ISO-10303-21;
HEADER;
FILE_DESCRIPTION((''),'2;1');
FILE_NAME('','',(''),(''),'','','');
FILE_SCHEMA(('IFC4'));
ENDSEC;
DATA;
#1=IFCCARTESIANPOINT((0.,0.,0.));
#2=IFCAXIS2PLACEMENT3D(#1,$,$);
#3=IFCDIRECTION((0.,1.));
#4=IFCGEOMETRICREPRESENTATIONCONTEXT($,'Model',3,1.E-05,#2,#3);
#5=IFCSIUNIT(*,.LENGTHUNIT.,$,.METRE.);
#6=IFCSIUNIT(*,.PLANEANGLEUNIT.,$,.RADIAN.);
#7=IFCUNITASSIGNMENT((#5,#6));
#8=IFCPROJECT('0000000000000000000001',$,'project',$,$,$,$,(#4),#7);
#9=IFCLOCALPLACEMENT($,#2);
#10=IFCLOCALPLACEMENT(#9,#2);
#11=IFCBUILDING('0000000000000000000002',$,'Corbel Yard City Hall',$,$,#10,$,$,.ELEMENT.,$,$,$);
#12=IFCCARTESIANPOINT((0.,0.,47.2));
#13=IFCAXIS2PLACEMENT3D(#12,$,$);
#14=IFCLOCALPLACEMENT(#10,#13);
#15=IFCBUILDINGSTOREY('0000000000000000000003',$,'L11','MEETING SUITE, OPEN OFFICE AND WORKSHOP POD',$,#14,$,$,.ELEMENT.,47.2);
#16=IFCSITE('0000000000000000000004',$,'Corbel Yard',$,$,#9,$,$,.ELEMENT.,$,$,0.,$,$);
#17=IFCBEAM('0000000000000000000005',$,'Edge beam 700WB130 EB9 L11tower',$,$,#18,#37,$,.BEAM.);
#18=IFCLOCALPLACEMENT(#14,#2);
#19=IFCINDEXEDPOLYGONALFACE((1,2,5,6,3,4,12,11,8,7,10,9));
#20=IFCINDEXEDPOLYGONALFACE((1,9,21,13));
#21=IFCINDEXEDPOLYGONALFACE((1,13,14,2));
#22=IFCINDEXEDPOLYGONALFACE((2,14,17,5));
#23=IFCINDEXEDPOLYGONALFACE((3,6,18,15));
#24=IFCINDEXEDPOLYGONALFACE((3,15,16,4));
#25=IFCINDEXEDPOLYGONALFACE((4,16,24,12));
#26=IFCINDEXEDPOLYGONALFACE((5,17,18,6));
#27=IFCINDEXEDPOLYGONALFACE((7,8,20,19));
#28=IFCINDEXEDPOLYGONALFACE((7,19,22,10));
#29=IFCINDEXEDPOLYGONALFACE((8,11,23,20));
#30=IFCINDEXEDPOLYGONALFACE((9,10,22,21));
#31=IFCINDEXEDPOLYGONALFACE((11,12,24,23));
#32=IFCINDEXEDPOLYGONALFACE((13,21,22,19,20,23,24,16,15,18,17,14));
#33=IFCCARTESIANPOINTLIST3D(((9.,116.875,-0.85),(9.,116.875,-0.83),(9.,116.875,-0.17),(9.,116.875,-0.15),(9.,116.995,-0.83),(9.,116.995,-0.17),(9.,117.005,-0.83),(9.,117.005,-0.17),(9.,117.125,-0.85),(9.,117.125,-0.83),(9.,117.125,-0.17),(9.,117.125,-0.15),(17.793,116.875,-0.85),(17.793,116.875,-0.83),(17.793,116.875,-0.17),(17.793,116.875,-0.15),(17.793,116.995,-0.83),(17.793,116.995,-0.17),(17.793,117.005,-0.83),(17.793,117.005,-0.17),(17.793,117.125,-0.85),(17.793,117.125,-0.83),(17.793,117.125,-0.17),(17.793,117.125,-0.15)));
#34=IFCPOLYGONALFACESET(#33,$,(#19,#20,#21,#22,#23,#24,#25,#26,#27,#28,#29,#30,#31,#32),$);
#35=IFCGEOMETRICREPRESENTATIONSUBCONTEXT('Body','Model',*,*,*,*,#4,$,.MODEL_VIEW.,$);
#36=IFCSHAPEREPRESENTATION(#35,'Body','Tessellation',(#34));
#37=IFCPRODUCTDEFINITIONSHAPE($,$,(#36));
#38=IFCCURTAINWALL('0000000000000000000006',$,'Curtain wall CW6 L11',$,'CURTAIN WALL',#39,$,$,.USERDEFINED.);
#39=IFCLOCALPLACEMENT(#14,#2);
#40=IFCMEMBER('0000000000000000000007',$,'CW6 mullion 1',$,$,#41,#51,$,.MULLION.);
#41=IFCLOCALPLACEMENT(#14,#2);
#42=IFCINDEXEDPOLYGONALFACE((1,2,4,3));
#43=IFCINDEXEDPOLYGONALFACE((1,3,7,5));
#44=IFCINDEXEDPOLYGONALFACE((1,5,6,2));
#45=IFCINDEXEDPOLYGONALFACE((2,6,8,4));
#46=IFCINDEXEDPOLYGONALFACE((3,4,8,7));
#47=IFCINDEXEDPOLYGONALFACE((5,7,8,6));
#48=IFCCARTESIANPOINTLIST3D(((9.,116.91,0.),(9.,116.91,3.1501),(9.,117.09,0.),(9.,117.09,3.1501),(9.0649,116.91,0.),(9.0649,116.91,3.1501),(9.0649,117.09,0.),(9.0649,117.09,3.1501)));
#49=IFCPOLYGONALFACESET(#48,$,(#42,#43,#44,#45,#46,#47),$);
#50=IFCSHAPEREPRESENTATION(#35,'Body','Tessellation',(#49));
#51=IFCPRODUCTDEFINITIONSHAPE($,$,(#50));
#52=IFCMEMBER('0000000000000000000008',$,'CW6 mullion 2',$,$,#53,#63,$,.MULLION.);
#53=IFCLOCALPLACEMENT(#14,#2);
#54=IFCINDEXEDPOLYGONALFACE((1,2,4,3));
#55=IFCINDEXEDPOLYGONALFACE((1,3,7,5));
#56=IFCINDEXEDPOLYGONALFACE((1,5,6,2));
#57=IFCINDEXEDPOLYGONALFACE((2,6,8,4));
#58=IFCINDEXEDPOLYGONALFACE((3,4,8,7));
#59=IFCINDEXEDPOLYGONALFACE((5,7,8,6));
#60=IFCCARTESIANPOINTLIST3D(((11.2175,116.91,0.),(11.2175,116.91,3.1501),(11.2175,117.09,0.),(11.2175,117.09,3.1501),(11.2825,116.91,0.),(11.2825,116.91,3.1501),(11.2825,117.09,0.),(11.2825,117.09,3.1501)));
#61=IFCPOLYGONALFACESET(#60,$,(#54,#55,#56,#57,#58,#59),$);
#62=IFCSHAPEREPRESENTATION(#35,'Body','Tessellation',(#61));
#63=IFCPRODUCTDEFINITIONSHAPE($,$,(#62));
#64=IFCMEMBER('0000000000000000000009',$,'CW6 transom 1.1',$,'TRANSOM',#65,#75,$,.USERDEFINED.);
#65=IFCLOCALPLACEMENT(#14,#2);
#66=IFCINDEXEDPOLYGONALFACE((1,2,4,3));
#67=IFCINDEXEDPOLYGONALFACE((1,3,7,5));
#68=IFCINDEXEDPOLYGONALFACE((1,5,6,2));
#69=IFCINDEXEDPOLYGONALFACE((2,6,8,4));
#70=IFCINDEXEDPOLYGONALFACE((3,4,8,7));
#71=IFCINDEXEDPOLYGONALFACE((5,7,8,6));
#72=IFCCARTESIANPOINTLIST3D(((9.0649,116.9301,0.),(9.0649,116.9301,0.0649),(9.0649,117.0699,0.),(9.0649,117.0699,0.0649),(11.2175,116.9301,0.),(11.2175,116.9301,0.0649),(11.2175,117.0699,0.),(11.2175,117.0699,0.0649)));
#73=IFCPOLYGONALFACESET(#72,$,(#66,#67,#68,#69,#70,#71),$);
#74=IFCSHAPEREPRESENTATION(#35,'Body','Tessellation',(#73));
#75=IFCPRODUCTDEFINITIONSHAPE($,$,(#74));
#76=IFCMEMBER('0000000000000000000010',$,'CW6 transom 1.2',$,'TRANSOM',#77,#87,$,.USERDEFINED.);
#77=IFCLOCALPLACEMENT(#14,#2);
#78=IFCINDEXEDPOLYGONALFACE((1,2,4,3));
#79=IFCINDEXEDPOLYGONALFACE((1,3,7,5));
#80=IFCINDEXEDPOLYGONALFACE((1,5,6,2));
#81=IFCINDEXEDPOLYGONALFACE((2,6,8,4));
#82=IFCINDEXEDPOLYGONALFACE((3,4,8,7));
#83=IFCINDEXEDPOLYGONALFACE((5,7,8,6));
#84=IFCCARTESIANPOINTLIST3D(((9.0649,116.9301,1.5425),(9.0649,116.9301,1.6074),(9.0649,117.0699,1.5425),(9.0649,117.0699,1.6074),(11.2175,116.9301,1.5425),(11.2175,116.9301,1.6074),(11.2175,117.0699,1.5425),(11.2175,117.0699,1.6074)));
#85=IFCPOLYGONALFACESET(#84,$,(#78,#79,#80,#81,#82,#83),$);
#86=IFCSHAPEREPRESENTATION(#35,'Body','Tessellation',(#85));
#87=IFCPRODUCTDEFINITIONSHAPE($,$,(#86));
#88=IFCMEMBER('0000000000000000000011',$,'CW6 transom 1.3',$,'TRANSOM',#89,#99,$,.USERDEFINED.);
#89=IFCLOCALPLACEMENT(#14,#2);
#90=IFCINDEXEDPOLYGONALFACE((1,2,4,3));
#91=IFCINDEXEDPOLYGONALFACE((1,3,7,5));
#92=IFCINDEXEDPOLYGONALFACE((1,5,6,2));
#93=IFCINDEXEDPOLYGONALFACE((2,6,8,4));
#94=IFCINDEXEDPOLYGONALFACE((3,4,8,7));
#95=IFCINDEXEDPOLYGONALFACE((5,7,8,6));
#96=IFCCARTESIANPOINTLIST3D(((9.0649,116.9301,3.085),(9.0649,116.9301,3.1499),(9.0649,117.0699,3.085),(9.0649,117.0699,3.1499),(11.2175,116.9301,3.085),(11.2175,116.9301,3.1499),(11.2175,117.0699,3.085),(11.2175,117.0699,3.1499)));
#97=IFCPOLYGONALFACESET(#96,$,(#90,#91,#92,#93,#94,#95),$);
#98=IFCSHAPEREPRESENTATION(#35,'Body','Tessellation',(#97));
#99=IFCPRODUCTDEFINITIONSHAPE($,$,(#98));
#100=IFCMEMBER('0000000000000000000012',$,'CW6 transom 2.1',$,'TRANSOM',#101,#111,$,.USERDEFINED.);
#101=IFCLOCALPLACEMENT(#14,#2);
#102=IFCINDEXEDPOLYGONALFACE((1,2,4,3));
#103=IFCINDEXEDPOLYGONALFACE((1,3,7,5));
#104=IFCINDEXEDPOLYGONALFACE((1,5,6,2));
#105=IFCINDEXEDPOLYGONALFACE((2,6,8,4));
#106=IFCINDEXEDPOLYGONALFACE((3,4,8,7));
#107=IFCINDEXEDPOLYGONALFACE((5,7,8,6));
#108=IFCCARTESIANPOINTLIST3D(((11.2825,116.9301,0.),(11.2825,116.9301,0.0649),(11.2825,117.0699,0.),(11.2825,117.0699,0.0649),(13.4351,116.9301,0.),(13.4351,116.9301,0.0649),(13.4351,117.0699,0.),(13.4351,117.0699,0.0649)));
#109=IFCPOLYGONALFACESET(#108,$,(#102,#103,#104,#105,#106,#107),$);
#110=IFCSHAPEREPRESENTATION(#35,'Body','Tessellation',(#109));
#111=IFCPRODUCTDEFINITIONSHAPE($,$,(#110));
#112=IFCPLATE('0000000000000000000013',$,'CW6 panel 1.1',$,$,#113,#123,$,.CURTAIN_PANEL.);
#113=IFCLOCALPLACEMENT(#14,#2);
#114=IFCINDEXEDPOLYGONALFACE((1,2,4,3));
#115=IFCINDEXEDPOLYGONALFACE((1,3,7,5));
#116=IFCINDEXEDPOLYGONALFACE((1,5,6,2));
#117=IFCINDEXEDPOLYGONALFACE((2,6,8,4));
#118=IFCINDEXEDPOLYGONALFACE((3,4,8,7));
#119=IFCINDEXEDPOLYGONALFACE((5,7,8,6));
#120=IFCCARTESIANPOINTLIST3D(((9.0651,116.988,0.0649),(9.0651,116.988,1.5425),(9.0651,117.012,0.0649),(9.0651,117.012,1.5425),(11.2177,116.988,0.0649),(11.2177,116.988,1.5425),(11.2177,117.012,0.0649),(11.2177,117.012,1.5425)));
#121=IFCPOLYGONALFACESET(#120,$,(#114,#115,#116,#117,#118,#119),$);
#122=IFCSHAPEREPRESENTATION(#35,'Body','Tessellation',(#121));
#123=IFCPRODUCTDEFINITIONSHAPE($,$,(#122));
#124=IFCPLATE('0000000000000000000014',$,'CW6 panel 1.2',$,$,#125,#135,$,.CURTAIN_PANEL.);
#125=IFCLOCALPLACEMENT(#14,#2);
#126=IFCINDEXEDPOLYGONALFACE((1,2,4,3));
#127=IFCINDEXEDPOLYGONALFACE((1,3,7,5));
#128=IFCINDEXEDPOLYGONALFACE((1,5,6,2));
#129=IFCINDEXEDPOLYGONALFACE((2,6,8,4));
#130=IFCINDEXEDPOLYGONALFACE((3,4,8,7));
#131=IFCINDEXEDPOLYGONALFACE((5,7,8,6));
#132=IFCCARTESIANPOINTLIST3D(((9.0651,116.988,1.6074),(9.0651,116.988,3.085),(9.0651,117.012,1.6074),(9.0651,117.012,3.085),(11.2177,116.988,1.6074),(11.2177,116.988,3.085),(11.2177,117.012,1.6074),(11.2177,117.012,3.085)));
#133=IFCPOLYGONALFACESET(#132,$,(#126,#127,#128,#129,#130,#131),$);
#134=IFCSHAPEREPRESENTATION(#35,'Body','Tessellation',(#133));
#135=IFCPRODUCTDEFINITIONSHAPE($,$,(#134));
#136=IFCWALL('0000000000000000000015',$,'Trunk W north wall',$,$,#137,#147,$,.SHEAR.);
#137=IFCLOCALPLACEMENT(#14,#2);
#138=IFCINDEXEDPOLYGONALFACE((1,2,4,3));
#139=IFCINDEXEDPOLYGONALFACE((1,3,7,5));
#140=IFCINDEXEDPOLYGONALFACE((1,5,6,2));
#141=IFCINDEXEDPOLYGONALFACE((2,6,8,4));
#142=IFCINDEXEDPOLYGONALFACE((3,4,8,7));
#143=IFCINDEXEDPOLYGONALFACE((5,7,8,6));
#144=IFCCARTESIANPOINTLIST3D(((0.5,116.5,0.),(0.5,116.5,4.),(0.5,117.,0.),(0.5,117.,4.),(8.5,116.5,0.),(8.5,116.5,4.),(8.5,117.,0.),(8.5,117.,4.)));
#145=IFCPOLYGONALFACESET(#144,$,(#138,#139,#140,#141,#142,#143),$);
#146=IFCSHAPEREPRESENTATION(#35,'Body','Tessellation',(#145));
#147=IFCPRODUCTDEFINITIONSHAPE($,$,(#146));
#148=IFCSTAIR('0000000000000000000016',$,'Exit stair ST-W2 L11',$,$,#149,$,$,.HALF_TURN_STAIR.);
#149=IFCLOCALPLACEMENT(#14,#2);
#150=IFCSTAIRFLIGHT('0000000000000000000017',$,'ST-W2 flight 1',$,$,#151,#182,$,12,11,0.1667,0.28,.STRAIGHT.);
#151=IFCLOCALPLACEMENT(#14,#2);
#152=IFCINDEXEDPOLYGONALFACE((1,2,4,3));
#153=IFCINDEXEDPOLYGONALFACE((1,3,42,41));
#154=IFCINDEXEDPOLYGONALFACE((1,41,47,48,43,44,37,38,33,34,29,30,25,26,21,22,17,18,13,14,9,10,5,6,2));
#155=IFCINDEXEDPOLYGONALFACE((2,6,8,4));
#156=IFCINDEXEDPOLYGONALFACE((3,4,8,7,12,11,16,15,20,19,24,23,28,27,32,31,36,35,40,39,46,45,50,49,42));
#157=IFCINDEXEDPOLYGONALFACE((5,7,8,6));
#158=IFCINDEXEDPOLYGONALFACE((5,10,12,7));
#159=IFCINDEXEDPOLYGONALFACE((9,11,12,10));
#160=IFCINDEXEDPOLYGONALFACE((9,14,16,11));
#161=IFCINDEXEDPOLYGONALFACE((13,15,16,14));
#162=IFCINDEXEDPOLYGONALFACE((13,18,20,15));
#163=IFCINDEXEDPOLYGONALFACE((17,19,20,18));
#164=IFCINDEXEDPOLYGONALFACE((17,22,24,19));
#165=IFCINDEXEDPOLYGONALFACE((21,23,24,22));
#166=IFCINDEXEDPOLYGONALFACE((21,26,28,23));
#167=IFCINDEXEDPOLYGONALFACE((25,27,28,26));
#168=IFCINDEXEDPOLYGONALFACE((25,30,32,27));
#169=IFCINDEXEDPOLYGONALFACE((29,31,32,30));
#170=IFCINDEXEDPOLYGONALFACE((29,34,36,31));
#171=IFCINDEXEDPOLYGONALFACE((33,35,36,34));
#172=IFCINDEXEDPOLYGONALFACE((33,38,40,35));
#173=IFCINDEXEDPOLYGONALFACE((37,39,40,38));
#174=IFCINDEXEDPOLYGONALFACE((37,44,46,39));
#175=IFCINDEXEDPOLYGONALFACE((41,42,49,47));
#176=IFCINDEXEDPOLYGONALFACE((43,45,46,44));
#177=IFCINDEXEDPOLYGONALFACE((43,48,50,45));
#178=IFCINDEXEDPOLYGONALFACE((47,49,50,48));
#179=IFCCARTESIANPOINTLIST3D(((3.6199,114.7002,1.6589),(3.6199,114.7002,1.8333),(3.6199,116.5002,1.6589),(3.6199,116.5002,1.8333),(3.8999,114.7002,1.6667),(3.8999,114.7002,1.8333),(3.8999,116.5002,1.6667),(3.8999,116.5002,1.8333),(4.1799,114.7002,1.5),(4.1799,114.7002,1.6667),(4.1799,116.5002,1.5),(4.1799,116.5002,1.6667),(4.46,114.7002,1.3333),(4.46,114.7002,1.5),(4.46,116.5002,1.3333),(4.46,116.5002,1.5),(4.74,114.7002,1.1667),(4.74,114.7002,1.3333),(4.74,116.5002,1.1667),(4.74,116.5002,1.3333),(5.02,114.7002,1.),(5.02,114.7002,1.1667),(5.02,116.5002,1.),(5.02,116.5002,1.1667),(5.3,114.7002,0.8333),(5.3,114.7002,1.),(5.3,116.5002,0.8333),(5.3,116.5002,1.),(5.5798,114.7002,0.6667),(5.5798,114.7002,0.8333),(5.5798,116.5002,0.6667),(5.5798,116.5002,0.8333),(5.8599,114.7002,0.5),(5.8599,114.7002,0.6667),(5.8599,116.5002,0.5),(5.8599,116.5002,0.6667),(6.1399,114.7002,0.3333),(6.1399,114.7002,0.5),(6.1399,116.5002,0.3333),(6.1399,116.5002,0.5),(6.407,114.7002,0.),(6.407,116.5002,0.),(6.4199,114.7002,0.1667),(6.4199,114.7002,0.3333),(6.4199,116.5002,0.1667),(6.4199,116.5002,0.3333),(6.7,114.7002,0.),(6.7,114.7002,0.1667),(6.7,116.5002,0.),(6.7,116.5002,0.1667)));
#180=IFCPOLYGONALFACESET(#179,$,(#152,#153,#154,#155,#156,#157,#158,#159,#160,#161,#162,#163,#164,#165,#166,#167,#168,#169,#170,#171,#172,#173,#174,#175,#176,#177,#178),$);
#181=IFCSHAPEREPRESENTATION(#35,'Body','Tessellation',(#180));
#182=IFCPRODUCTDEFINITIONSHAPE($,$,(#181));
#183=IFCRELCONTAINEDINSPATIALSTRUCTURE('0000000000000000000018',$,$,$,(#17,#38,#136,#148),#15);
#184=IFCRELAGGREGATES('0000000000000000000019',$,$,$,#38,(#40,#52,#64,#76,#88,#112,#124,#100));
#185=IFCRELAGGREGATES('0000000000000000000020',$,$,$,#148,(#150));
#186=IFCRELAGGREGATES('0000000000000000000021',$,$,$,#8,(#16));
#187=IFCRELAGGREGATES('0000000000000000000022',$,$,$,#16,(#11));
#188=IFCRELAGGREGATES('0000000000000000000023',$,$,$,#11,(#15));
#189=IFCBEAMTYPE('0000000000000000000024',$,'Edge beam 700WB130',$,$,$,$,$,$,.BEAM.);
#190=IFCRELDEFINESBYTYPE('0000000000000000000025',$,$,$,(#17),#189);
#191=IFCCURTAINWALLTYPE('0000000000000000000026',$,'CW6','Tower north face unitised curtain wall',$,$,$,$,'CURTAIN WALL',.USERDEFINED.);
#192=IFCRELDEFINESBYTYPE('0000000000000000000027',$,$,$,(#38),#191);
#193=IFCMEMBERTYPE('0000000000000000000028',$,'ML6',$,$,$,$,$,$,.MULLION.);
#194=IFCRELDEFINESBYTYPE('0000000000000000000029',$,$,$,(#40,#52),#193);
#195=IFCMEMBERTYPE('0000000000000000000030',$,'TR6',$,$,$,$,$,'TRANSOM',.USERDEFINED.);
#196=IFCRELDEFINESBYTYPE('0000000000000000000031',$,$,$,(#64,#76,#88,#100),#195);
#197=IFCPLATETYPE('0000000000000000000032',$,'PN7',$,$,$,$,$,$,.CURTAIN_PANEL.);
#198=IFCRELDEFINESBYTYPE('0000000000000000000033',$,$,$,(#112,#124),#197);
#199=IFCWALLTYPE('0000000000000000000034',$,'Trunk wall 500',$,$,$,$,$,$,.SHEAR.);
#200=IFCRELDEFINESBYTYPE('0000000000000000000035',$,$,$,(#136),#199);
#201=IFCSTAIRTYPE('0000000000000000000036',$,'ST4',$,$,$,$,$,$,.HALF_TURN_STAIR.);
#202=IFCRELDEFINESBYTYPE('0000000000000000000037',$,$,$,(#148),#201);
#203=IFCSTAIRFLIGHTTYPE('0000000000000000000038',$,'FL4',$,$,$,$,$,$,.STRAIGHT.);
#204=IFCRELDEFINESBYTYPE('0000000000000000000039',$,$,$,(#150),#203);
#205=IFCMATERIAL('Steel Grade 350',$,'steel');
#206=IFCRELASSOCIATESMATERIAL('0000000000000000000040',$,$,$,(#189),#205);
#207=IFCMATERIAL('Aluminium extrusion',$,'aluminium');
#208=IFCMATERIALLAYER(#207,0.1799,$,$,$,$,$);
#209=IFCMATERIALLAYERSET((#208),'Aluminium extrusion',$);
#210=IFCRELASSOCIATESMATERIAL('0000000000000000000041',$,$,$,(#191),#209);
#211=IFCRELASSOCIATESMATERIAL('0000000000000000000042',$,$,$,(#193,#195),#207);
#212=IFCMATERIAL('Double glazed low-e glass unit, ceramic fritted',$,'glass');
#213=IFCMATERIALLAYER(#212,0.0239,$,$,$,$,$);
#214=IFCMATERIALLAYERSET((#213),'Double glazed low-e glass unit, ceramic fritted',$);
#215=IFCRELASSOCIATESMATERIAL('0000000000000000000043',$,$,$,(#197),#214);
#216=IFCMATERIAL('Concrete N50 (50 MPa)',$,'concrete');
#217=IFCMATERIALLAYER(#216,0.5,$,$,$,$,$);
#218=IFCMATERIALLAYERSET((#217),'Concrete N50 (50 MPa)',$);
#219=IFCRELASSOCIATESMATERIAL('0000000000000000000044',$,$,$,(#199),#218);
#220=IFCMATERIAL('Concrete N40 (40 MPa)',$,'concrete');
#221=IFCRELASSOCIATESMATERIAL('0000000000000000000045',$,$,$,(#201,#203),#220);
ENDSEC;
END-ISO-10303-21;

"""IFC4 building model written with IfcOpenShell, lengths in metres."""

from ifc_helpers import new_model, si_unit, direction, frame, frame_2d, origin, origin_2d, place, context, subcontext, project, spatial, polyline, rectangle, i_section, outline, extrude, material, layer, layer_set, material_profile, profile_set, type_object, element, aggregate, save


model = new_model("IFC4")

# Units and contexts
model_context = context("Model", 3, precision=1e-05, world=origin(), true_north=direction((0.0, 1.0)))
body_context = subcontext(model_context, "Body", "Model", "MODEL_VIEW")
ifc_project = project(units=[si_unit("LENGTHUNIT", "METRE"), si_unit("PLANEANGLEUNIT", "RADIAN")], contexts=[model_context])

# Site, building, storey
site_placement = place(None, origin())
site = spatial("IfcSite", under=ifc_project, at=site_placement, Name="Corbel Yard", CompositionType="ELEMENT", RefElevation=0.0)
building_placement = place(site_placement, origin())
building = spatial("IfcBuilding", under=site, at=building_placement, Name="Corbel Yard City Hall", CompositionType="ELEMENT")
storey_placement = place(building_placement, frame((0.0, 0.0, 47.2)))
storey = spatial("IfcBuildingStorey", under=building, at=storey_placement, Name="L11", Description="MEETING SUITE, OPEN OFFICE AND WORKSHOP POD", CompositionType="ELEMENT", Elevation=47.2)

# Beam
ifc_material_1 = material(Name="Steel Grade 350", Category="steel")
ifc_material_profile_1 = material_profile(ifc_material_1, i_section(OverallWidth=0.25, OverallDepth=0.7, WebThickness=0.01, FlangeThickness=0.02, at=origin_2d()), Name="700WB130")
ifc_profile_set_1 = profile_set([ifc_material_profile_1], Name="Steel Grade 350")
beam_type = type_object("IfcBeamType", Name="Edge beam 700WB130", PredefinedType="BEAM", material=ifc_profile_set_1)
beam_placement = place(storey_placement, frame((9.0, 117.0, -0.5), z_axis=(1.0, 0.0, 0.0), x_axis=(0.0, 1.0, 0.0)))
element("IfcBeam", 1, at=beam_placement, inside=storey, type_object=beam_type, Name="Edge beam 700WB130 EB9 L11tower", PredefinedType="BEAM", context=body_context, shape_type="SweptSolid", body=[
    extrude(i_section(OverallWidth=0.25, OverallDepth=0.7, WebThickness=0.01, FlangeThickness=0.02, at=origin_2d()), origin(), (0.0, 0.0, 1.0), 8.793),
])

# Curtain wall, members, plates
ifc_material_2 = material(Name="Aluminium extrusion", Category="aluminium")
ifc_layer_1 = layer(ifc_material_2, 0.1799)
ifc_layer_set_1 = layer_set([ifc_layer_1], Name="Aluminium extrusion")
curtain_wall_type = type_object("IfcCurtainWallType", Name="CW6", Description="Tower north face unitised curtain wall", ElementType="CURTAIN WALL", PredefinedType="USERDEFINED", material=ifc_layer_set_1)
curtain_wall_placement = place(storey_placement, origin())
curtain_wall = element("IfcCurtainWall", 2, at=curtain_wall_placement, inside=storey, type_object=curtain_wall_type, Name="Curtain wall CW6 L11", ObjectType="CURTAIN WALL", PredefinedType="USERDEFINED")
ifc_material_profile_2 = material_profile(ifc_material_2, rectangle(XDim=0.1799, YDim=0.0649, at=origin_2d()), Name="180x65")
ifc_profile_set_2 = profile_set([ifc_material_profile_2], Name="Aluminium extrusion")
member_type_1 = type_object("IfcMemberType", Name="ML6", PredefinedType="MULLION", material=ifc_profile_set_2)
member_1_placement = place(storey_placement, frame((9.0325, 117.0, 0.0), z_axis=(0.0, 0.0, 1.0), x_axis=(0.0, 1.0, 0.0)))
member_1 = element("IfcMember", 3, at=member_1_placement, type_object=member_type_1, Name="CW6 mullion 1", PredefinedType="MULLION", context=body_context, shape_type="SweptSolid", body=[
    extrude(rectangle(XDim=0.1799, YDim=0.0649, at=origin_2d()), origin(), (0.0, 0.0, 1.0), 3.1501),
])
member_2_placement = place(storey_placement, frame((11.25, 117.0, 0.0), z_axis=(0.0, 0.0, 1.0), x_axis=(0.0, 1.0, 0.0)))
member_2 = element("IfcMember", 4, at=member_2_placement, type_object=member_type_1, Name="CW6 mullion 2", PredefinedType="MULLION", context=body_context, shape_type="SweptSolid", body=[
    extrude(rectangle(XDim=0.1799, YDim=0.0649, at=origin_2d()), origin(), (0.0, 0.0, 1.0), 3.1501),
])
ifc_material_profile_3 = material_profile(ifc_material_2, rectangle(XDim=0.1399, YDim=0.0649, at=origin_2d()), Name="140x65")
ifc_profile_set_3 = profile_set([ifc_material_profile_3], Name="Aluminium extrusion")
member_type_2 = type_object("IfcMemberType", Name="TR6", ElementType="TRANSOM", PredefinedType="USERDEFINED", material=ifc_profile_set_3)
member_3_placement = place(storey_placement, frame((9.0649, 117.0, 0.0325), z_axis=(1.0, 0.0, 0.0), x_axis=(0.0, 1.0, 0.0)))
member_3 = element("IfcMember", 5, at=member_3_placement, type_object=member_type_2, Name="CW6 transom 1.1", ObjectType="TRANSOM", PredefinedType="USERDEFINED", context=body_context, shape_type="SweptSolid", body=[
    extrude(rectangle(XDim=0.1399, YDim=0.0649, at=origin_2d()), origin(), (0.0, 0.0, 1.0), 2.1526),
])
member_4_placement = place(storey_placement, frame((9.0649, 117.0, 1.575), z_axis=(1.0, 0.0, 0.0), x_axis=(0.0, 1.0, 0.0)))
member_4 = element("IfcMember", 6, at=member_4_placement, type_object=member_type_2, Name="CW6 transom 1.2", ObjectType="TRANSOM", PredefinedType="USERDEFINED", context=body_context, shape_type="SweptSolid", body=[
    extrude(rectangle(XDim=0.1399, YDim=0.0649, at=origin_2d()), origin(), (0.0, 0.0, 1.0), 2.1526),
])
member_5_placement = place(storey_placement, frame((9.0649, 117.0, 3.1174), z_axis=(1.0, 0.0, 0.0), x_axis=(0.0, 1.0, 0.0)))
member_5 = element("IfcMember", 7, at=member_5_placement, type_object=member_type_2, Name="CW6 transom 1.3", ObjectType="TRANSOM", PredefinedType="USERDEFINED", context=body_context, shape_type="SweptSolid", body=[
    extrude(rectangle(XDim=0.1399, YDim=0.0649, at=origin_2d()), origin(), (0.0, 0.0, 1.0), 2.1526),
])
member_6_placement = place(storey_placement, frame((11.2825, 117.0, 0.0325), z_axis=(1.0, 0.0, 0.0), x_axis=(0.0, 1.0, 0.0)))
member_6 = element("IfcMember", 8, at=member_6_placement, type_object=member_type_2, Name="CW6 transom 2.1", ObjectType="TRANSOM", PredefinedType="USERDEFINED", context=body_context, shape_type="SweptSolid", body=[
    extrude(rectangle(XDim=0.1399, YDim=0.0649, at=origin_2d()), origin(), (0.0, 0.0, 1.0), 2.1526),
])
ifc_material_3 = material(Name="Double glazed low-e glass unit, ceramic fritted", Category="glass")
ifc_layer_2 = layer(ifc_material_3, 0.0239)
ifc_layer_set_2 = layer_set([ifc_layer_2], Name="Double glazed low-e glass unit, ceramic fritted")
plate_type = type_object("IfcPlateType", Name="PN7", PredefinedType="CURTAIN_PANEL", material=ifc_layer_set_2)
plate_1_placement = place(storey_placement, frame((10.1414, 117.0, 0.0649), z_axis=(0.0, 0.0, 1.0), x_axis=(1.0, 0.0, 0.0)))
plate_1 = element("IfcPlate", 9, at=plate_1_placement, type_object=plate_type, Name="CW6 panel 1.1", PredefinedType="CURTAIN_PANEL", context=body_context, shape_type="SweptSolid", body=[
    extrude(rectangle(XDim=2.1526, YDim=0.0239, at=origin_2d()), origin(), (0.0, 0.0, 1.0), 1.4775),
])
plate_2_placement = place(storey_placement, frame((10.1414, 117.0, 1.6074), z_axis=(0.0, 0.0, 1.0), x_axis=(1.0, 0.0, 0.0)))
plate_2 = element("IfcPlate", 10, at=plate_2_placement, type_object=plate_type, Name="CW6 panel 1.2", PredefinedType="CURTAIN_PANEL", context=body_context, shape_type="SweptSolid", body=[
    extrude(rectangle(XDim=2.1526, YDim=0.0239, at=origin_2d()), origin(), (0.0, 0.0, 1.0), 1.4775),
])
aggregate(curtain_wall, [member_1, member_2, member_3, member_4, member_5, plate_1, plate_2, member_6])

# Wall
ifc_material_4 = material(Name="Concrete N50 (50 MPa)", Category="concrete")
ifc_layer_3 = layer(ifc_material_4, 0.5)
ifc_layer_set_3 = layer_set([ifc_layer_3], Name="Concrete N50 (50 MPa)")
wall_type = type_object("IfcWallType", Name="Trunk wall 500", PredefinedType="SHEAR", material=ifc_layer_set_3)
wall_placement = place(storey_placement, frame((0.5, 116.75, 0.0), z_axis=(0.0, 0.0, 1.0), x_axis=(1.0, 0.0, 0.0)))
element("IfcWall", 11, at=wall_placement, inside=storey, type_object=wall_type, Name="Trunk W north wall", PredefinedType="SHEAR", context=body_context, shape_type="SweptSolid", body=[
    extrude(rectangle(XDim=8.0, YDim=0.5, at=frame_2d((4.0, 0.0))), origin(), (0.0, 0.0, 1.0), 4.0),
])

# Stair, stair flight
ifc_material_5 = material(Name="Concrete N40 (40 MPa)", Category="concrete")
stair_type = type_object("IfcStairType", Name="ST4", PredefinedType="HALF_TURN_STAIR", material=ifc_material_5)
stair_placement = place(storey_placement, origin())
stair = element("IfcStair", 12, at=stair_placement, inside=storey, type_object=stair_type, Name="Exit stair ST-W2 L11", PredefinedType="HALF_TURN_STAIR")
stair_flight_type = type_object("IfcStairFlightType", Name="FL4", PredefinedType="STRAIGHT", material=ifc_material_5)
stair_flight_placement = place(storey_placement, frame((6.7, 115.6001, 0.0), z_axis=(0.0, 0.0, 1.0), x_axis=(-1.0, 0.0, 0.0)))
stair_flight = element("IfcStairFlight", 13, at=stair_flight_placement, type_object=stair_flight_type, Name="ST-W2 flight 1", NumberOfRisers=12, NumberOfTreads=11, PredefinedType="STRAIGHT", RiserHeight=0.1667, TreadLength=0.28, context=body_context, shape_type="SweptSolid", body=[
    extrude(outline(polyline([(0.0, 0.0), (0.0, 0.1667), (0.28, 0.1667), (0.28, 0.3333), (0.5601, 0.3333), (0.5601, 0.5), (0.8401, 0.5), (0.8401, 0.6667), (1.1201, 0.6667), (1.1201, 0.8333), (1.3999, 0.8333), (1.3999, 1.0), (1.6799, 1.0), (1.6799, 1.1667), (1.96, 1.1667), (1.96, 1.3333), (2.24, 1.3333), (2.24, 1.5), (2.52, 1.5), (2.52, 1.6667), (2.8, 1.6667), (2.8, 1.8333), (3.0801, 1.8333), (3.0801, 2.0), (3.0801, 1.6589), (0.293, 0.0), (0.0, 0.0)])), frame((0.0, 0.8999, 0.0), z_axis=(0.0, -1.0, 0.0), x_axis=(1.0, 0.0, 0.0)), (0.0, 0.0, 1.0), 1.8),
])
aggregate(stair, [stair_flight])

save(model, "model.ifc")
